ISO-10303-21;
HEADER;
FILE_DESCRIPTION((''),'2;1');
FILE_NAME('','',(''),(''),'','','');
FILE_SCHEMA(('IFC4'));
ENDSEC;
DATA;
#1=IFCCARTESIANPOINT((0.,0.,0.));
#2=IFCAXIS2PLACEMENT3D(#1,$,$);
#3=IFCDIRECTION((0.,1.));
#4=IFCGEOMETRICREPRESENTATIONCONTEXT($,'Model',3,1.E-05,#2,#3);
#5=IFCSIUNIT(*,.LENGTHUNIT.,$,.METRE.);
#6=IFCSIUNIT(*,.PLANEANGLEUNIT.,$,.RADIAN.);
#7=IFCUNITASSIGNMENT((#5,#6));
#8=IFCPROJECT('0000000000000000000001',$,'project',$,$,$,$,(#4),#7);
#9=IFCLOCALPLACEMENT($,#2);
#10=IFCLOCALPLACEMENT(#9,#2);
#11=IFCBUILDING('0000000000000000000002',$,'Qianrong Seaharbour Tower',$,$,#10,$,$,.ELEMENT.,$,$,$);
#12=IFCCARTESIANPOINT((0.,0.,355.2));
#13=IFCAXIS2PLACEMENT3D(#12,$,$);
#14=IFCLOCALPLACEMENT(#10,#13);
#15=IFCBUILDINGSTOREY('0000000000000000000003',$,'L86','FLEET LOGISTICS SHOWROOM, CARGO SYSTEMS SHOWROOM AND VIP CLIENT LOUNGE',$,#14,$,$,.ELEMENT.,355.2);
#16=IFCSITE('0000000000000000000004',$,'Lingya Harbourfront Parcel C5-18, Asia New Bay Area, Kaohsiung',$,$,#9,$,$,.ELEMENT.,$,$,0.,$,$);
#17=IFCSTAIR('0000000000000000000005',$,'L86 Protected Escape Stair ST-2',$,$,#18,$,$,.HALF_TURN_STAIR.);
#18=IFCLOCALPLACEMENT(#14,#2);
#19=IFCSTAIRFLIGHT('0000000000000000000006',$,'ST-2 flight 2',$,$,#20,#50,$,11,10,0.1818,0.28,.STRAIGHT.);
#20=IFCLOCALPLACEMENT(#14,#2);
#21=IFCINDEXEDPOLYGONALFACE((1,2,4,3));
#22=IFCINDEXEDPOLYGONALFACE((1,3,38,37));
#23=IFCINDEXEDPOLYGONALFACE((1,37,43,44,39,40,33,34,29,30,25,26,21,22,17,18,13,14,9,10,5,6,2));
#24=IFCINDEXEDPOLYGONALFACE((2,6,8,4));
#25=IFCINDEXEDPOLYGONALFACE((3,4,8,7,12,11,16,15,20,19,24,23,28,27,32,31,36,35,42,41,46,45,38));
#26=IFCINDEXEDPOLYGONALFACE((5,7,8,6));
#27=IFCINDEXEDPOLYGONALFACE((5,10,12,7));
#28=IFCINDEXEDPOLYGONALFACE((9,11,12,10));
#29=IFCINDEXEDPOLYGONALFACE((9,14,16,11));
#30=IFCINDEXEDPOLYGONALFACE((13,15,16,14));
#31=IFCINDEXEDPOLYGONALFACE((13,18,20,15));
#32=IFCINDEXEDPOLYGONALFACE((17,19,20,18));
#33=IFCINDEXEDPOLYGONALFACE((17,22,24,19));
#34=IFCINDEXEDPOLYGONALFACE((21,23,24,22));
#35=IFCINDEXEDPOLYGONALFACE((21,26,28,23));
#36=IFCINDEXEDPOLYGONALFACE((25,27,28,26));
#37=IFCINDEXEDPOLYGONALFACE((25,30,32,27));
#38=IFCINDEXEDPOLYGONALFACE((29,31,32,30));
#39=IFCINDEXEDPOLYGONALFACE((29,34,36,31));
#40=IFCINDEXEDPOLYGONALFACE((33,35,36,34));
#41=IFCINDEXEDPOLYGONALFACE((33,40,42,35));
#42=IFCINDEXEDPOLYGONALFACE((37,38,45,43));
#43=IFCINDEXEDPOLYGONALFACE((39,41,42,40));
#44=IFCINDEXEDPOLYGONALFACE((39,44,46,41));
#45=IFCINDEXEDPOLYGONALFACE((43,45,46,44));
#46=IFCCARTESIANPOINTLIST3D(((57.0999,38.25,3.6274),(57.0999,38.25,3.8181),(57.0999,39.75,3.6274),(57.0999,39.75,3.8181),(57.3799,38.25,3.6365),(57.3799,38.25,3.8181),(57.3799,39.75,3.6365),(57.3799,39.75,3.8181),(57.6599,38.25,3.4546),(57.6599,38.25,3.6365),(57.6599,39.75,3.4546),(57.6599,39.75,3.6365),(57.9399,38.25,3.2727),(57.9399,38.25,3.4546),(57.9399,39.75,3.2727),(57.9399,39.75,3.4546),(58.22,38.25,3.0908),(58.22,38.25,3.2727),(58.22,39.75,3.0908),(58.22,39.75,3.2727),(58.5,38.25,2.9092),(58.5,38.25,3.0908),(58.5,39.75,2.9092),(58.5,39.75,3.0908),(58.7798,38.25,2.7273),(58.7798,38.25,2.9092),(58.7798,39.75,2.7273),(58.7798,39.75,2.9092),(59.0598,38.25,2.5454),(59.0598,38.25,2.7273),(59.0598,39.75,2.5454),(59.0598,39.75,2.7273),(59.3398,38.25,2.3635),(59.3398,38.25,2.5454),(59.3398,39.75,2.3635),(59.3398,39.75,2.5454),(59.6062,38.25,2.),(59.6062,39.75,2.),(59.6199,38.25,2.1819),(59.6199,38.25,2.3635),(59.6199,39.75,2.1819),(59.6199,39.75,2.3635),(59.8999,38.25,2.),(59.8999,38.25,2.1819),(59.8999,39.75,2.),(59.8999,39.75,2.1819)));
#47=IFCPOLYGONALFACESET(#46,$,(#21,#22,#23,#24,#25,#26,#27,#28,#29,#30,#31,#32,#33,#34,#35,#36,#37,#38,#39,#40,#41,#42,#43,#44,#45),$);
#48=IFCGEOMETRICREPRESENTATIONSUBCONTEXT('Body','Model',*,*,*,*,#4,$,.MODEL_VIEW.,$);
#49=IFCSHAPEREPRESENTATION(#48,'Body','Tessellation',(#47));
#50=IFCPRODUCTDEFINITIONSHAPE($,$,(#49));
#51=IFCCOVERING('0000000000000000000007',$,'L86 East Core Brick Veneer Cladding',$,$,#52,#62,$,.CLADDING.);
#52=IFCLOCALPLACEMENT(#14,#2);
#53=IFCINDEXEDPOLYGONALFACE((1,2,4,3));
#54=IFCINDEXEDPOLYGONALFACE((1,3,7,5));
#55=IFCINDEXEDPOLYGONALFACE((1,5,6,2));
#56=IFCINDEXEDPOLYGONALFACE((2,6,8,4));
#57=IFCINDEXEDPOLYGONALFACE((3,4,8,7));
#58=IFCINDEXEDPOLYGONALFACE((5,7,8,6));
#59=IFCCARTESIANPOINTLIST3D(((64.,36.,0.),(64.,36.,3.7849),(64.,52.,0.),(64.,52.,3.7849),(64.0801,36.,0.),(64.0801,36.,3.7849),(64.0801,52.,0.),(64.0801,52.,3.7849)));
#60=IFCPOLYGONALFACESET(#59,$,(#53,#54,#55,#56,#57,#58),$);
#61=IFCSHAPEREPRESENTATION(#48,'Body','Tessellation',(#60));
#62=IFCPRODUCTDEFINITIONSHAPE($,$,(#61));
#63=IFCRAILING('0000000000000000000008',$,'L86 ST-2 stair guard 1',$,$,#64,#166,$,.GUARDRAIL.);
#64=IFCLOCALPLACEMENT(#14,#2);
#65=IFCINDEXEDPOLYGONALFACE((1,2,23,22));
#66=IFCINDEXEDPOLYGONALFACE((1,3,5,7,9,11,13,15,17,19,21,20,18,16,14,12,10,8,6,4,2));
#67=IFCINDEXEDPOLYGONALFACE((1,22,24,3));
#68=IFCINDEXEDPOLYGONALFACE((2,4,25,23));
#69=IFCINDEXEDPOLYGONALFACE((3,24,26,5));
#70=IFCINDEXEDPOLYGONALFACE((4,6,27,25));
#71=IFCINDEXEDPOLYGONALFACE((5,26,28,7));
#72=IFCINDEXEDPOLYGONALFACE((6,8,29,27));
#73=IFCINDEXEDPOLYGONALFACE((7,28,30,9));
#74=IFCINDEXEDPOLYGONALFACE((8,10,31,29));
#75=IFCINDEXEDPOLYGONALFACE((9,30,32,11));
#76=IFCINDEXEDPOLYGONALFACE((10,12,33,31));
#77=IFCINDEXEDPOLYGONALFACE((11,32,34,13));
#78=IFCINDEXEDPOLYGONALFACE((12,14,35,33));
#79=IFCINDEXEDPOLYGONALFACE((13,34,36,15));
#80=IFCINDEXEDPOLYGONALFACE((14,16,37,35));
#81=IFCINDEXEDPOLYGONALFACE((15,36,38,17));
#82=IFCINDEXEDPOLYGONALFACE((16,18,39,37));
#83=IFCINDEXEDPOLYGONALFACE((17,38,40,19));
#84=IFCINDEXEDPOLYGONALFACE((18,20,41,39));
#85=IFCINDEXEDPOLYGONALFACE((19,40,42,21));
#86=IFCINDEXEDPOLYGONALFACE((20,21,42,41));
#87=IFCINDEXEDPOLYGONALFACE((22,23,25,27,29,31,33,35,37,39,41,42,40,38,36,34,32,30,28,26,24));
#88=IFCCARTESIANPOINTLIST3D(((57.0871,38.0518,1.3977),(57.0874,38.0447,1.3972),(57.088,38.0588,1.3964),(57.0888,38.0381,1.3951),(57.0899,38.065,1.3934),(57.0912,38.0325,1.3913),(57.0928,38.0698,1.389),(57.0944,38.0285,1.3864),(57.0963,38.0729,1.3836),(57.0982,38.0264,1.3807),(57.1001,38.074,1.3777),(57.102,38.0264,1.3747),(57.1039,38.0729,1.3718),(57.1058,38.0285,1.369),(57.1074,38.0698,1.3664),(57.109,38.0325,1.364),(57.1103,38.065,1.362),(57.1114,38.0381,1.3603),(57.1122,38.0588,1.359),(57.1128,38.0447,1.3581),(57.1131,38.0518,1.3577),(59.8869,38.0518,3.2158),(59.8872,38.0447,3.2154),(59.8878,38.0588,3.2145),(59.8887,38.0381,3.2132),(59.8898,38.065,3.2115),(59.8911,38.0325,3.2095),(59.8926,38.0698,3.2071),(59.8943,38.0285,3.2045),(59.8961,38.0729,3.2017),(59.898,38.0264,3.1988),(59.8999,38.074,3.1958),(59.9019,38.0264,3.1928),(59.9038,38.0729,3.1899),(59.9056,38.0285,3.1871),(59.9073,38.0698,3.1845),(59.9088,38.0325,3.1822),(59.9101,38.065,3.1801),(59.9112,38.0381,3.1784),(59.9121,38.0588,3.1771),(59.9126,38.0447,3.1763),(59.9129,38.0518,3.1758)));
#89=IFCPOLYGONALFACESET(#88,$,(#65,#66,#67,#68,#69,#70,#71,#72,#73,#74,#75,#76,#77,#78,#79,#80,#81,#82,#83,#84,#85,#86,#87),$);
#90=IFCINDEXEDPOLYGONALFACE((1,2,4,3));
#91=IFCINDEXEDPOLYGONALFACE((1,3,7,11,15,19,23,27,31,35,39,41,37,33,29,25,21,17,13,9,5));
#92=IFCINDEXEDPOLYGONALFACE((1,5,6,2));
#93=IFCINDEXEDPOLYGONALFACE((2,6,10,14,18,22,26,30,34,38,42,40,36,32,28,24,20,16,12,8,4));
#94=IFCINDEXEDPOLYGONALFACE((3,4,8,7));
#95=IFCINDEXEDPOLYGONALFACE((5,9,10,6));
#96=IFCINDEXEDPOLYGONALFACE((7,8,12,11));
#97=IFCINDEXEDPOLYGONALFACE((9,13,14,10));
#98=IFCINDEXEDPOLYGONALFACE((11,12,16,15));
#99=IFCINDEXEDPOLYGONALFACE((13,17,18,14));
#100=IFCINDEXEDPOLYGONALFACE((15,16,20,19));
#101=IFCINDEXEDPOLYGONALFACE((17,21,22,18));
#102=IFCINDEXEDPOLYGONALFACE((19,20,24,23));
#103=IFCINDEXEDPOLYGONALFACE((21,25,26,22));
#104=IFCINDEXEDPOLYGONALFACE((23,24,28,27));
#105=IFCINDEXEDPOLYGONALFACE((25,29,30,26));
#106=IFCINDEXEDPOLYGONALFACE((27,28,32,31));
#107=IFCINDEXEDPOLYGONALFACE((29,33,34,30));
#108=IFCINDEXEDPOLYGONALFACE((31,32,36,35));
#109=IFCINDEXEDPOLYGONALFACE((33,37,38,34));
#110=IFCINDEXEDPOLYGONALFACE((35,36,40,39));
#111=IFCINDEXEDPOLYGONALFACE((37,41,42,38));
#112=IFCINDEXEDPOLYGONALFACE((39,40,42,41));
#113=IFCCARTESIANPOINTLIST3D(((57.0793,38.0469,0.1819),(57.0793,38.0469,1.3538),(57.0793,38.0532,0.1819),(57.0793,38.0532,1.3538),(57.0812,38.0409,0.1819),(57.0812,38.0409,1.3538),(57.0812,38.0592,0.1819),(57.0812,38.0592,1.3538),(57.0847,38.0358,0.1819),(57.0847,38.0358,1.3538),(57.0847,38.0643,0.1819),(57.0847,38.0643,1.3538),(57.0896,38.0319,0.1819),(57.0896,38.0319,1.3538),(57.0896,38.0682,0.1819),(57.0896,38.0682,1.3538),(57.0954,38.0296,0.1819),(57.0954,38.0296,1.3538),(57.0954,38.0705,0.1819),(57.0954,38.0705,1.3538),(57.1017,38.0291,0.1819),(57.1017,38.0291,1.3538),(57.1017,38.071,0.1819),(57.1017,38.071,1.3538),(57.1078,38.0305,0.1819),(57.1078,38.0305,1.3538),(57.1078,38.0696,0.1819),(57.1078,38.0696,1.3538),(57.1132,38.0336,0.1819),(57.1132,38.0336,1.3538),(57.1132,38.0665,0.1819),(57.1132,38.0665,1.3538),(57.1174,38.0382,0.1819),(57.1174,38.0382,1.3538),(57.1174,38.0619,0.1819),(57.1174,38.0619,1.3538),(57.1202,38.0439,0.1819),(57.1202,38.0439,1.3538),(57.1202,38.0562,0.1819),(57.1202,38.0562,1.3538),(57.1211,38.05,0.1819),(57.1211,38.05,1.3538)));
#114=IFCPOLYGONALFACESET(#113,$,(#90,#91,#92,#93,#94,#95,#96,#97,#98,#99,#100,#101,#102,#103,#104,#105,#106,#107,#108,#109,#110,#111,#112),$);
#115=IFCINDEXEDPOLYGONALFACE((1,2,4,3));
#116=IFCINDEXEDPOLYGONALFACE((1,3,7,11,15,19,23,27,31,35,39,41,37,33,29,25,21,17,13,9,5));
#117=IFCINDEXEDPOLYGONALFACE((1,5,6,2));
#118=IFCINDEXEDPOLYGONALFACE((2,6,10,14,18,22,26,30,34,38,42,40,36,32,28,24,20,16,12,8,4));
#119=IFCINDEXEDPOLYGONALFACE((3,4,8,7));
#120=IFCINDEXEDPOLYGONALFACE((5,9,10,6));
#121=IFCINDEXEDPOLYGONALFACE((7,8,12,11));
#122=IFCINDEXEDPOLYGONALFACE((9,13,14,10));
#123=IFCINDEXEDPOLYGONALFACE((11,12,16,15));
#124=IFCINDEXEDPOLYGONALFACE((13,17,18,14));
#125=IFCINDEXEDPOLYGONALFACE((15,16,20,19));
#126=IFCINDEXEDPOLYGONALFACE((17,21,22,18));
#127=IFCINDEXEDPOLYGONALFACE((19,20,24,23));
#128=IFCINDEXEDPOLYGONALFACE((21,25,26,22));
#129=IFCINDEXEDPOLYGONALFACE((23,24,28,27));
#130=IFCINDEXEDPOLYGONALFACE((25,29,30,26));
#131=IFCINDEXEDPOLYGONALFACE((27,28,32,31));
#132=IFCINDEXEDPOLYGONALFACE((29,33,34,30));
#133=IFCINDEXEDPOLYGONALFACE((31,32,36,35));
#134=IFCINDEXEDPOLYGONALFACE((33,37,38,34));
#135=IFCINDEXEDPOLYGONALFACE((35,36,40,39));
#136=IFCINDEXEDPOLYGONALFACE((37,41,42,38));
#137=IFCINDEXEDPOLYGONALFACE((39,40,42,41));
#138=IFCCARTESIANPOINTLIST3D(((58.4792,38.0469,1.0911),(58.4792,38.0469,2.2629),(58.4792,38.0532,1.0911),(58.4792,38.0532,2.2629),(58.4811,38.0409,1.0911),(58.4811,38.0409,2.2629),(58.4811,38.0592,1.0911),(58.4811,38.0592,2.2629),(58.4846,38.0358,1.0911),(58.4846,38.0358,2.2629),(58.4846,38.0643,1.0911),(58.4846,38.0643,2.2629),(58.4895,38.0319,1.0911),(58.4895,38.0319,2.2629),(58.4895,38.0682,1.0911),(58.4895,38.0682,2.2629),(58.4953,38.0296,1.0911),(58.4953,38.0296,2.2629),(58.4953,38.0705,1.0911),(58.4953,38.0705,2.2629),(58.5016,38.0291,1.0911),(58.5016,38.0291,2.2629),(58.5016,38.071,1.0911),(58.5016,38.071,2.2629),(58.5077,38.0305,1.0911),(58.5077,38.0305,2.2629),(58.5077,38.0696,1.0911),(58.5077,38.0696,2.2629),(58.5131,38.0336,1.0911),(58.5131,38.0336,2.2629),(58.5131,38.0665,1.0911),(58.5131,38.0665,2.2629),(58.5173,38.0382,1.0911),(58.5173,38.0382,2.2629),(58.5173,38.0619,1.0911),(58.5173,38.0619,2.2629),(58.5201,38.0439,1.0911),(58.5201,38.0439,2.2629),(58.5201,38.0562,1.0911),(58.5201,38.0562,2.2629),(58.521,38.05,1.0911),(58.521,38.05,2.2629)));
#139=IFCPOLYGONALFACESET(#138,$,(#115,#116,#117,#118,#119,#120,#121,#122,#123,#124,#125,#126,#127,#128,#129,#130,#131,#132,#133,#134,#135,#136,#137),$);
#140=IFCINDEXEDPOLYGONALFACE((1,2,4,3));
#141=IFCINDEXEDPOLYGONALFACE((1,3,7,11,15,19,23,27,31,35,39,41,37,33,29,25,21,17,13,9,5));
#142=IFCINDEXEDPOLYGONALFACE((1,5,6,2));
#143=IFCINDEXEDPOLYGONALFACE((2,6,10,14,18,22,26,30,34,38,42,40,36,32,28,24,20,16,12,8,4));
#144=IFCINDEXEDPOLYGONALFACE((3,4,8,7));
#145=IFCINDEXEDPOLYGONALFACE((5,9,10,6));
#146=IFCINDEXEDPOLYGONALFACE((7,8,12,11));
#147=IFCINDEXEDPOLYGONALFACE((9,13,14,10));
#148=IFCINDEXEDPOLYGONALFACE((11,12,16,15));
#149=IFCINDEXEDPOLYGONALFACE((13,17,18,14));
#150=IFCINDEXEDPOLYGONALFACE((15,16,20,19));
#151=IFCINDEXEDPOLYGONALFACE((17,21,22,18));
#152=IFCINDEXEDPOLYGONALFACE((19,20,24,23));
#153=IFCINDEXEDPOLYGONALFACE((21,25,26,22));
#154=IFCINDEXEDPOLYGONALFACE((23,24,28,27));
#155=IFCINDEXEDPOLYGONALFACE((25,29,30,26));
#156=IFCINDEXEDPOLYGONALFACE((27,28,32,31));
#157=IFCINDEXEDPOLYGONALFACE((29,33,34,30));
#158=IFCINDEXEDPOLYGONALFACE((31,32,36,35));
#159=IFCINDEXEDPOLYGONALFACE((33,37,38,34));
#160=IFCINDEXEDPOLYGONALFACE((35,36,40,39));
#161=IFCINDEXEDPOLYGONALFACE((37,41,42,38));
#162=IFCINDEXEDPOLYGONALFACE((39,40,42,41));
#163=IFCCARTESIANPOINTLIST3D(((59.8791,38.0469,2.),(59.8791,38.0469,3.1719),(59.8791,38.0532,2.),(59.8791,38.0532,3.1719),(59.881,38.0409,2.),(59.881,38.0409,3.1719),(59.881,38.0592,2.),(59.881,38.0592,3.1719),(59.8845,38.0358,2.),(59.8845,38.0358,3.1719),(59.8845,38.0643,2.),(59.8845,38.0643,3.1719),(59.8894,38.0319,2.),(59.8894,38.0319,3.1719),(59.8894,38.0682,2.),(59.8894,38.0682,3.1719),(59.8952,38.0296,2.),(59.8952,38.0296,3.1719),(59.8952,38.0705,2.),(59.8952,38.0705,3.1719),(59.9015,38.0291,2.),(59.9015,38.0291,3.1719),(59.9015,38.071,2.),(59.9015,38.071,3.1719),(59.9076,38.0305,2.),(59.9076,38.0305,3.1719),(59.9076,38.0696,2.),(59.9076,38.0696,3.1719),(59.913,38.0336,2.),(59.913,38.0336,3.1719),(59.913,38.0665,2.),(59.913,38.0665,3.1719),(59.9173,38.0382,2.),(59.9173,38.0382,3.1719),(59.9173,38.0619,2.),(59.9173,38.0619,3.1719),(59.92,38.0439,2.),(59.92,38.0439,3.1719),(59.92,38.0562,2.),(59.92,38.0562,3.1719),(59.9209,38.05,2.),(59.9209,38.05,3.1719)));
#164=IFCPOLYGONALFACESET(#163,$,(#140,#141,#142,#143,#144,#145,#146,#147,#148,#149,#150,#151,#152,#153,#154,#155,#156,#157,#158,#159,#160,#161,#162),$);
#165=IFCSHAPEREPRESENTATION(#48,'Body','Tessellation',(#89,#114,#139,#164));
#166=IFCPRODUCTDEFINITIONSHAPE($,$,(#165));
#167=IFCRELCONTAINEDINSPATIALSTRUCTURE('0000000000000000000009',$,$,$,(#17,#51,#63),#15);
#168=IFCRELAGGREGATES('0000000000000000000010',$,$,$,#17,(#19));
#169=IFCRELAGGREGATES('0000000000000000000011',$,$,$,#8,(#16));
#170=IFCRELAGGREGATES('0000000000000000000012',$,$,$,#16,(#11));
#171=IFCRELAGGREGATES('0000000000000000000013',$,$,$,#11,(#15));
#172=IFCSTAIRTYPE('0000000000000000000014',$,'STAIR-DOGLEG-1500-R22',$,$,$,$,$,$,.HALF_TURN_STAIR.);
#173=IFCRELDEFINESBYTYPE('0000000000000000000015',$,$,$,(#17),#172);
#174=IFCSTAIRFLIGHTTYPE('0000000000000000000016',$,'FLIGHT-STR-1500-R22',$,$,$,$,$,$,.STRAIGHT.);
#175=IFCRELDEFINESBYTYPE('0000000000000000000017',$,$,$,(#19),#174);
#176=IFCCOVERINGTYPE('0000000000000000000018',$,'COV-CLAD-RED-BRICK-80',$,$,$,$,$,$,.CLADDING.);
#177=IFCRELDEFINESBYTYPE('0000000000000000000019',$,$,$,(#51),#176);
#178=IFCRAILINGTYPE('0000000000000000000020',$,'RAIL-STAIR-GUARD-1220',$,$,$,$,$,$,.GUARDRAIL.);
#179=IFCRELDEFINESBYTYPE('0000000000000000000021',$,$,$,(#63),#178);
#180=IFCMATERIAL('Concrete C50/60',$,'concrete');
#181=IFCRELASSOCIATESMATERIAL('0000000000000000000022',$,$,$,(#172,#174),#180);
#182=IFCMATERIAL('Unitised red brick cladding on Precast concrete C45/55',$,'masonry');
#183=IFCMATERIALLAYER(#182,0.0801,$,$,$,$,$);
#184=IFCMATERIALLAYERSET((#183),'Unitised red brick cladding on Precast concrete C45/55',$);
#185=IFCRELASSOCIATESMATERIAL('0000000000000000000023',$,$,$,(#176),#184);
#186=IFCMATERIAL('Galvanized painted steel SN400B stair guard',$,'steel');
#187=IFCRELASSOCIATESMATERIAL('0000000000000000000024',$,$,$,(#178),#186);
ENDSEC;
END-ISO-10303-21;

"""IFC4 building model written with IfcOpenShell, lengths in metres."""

from ifc_helpers import new_model, si_unit, direction, frame, origin, origin_2d, place, context, subcontext, project, spatial, polyline, rectangle, circle, outline, extrude, material, layer, layer_set, type_object, element, aggregate, save


model = new_model("IFC4")

# Units and contexts
model_context = context("Model", 3, precision=1e-05, world=origin(), true_north=direction((0.0, 1.0)))
body_context = subcontext(model_context, "Body", "Model", "MODEL_VIEW")
ifc_project = project(units=[si_unit("LENGTHUNIT", "METRE"), si_unit("PLANEANGLEUNIT", "RADIAN")], contexts=[model_context])

# Site, building, storey
site_placement = place(None, origin())
site = spatial("IfcSite", under=ifc_project, at=site_placement, Name="Lingya Harbourfront Parcel C5-18, Asia New Bay Area, Kaohsiung", CompositionType="ELEMENT", RefElevation=0.0)
building_placement = place(site_placement, origin())
building = spatial("IfcBuilding", under=site, at=building_placement, Name="Qianrong Seaharbour Tower", CompositionType="ELEMENT")
storey_placement = place(building_placement, frame((0.0, 0.0, 355.2)))
storey = spatial("IfcBuildingStorey", under=building, at=storey_placement, Name="L86", Description="FLEET LOGISTICS SHOWROOM, CARGO SYSTEMS SHOWROOM AND VIP CLIENT LOUNGE", CompositionType="ELEMENT", Elevation=355.2)

# Shared definitions
ifc_material_1 = material(Name="Concrete C50/60", Category="concrete")

# Stair, stair flight
stair_type = type_object("IfcStairType", Name="STAIR-DOGLEG-1500-R22", PredefinedType="HALF_TURN_STAIR", material=ifc_material_1)
stair_placement = place(storey_placement, origin())
stair = element("IfcStair", 1, at=stair_placement, inside=storey, type_object=stair_type, Name="L86 Protected Escape Stair ST-2", PredefinedType="HALF_TURN_STAIR")
stair_flight_type = type_object("IfcStairFlightType", Name="FLIGHT-STR-1500-R22", PredefinedType="STRAIGHT", material=ifc_material_1)
stair_flight_1_placement = place(storey_placement, frame((59.8999, 39.0, 2.0), z_axis=(0.0, 0.0, 1.0), x_axis=(-1.0, 0.0, 0.0)))
stair_flight_1 = element("IfcStairFlight", 2, at=stair_flight_1_placement, type_object=stair_flight_type, Name="ST-2 flight 2", NumberOfRisers=11, NumberOfTreads=10, PredefinedType="STRAIGHT", RiserHeight=0.1818, TreadLength=0.28, context=body_context, shape_type="SweptSolid", body=[
    extrude(outline(polyline([(0.0, 0.0), (0.0, 0.1819), (0.28, 0.1819), (0.28, 0.3635), (0.5601, 0.3635), (0.5601, 0.5454), (0.8401, 0.5454), (0.8401, 0.7273), (1.1201, 0.7273), (1.1201, 0.9092), (1.3999, 0.9092), (1.3999, 1.0908), (1.6799, 1.0908), (1.6799, 1.2727), (1.96, 1.2727), (1.96, 1.4546), (2.24, 1.4546), (2.24, 1.6365), (2.52, 1.6365), (2.52, 1.8181), (2.8, 1.8181), (2.8, 2.0), (2.8, 1.6274), (0.2937, 0.0), (0.0, 0.0)])), frame((0.0, 0.75, 0.0), z_axis=(0.0, -1.0, 0.0), x_axis=(1.0, 0.0, 0.0)), (0.0, 0.0, 1.0), 1.5),
])
aggregate(stair, [stair_flight_1])

# Covering
ifc_material_2 = material(Name="Unitised red brick cladding on Precast concrete C45/55", Category="masonry")
ifc_layer_1 = layer(ifc_material_2, 0.0801)
ifc_layer_set_1 = layer_set([ifc_layer_1], Name="Unitised red brick cladding on Precast concrete C45/55")
covering_type = type_object("IfcCoveringType", Name="COV-CLAD-RED-BRICK-80", PredefinedType="CLADDING", material=ifc_layer_set_1)
covering_placement = place(storey_placement, frame((64.04, 44.0, 0.0), z_axis=(0.0, 0.0, 1.0), x_axis=(1.0, 0.0, 0.0)))
element("IfcCovering", 3, at=covering_placement, inside=storey, type_object=covering_type, Name="L86 East Core Brick Veneer Cladding", PredefinedType="CLADDING", context=body_context, shape_type="SweptSolid", body=[
    extrude(rectangle(XDim=0.0801, YDim=16.0, at=origin_2d()), origin(), (0.0, 0.0, 1.0), 3.7849),
])

# Railing
ifc_material_3 = material(Name="Galvanized painted steel SN400B stair guard", Category="steel")
railing_type_1 = type_object("IfcRailingType", Name="RAIL-STAIR-GUARD-1220", PredefinedType="GUARDRAIL", material=ifc_material_3)
railing_1_placement = place(storey_placement, frame((57.1001, 38.05, 0.1819)))
element("IfcRailing", 4, at=railing_1_placement, inside=storey, type_object=railing_type_1, Name="L86 ST-2 stair guard 1", PredefinedType="GUARDRAIL", context=body_context, shape_type="SweptSolid", body=[
    extrude(circle(Radius=0.0239, at=origin_2d()), frame((0.0, 0.0, 1.1958), z_axis=(0.838684, 0.0, 0.544618), x_axis=(0.0, 1.0, 0.0)), (0.0, 0.0, 1.0), 3.3384),
    extrude(circle(Radius=0.021, at=origin_2d()), origin(), (0.0, 0.0, 1.0), 1.1719),
    extrude(circle(Radius=0.021, at=origin_2d()), frame((1.3999, 0.0, 0.9092)), (0.0, 0.0, 1.0), 1.1719),
    extrude(circle(Radius=0.021, at=origin_2d()), frame((2.7998, 0.0, 1.8181)), (0.0, 0.0, 1.0), 1.1719),
])

save(model, "model.ifc")
